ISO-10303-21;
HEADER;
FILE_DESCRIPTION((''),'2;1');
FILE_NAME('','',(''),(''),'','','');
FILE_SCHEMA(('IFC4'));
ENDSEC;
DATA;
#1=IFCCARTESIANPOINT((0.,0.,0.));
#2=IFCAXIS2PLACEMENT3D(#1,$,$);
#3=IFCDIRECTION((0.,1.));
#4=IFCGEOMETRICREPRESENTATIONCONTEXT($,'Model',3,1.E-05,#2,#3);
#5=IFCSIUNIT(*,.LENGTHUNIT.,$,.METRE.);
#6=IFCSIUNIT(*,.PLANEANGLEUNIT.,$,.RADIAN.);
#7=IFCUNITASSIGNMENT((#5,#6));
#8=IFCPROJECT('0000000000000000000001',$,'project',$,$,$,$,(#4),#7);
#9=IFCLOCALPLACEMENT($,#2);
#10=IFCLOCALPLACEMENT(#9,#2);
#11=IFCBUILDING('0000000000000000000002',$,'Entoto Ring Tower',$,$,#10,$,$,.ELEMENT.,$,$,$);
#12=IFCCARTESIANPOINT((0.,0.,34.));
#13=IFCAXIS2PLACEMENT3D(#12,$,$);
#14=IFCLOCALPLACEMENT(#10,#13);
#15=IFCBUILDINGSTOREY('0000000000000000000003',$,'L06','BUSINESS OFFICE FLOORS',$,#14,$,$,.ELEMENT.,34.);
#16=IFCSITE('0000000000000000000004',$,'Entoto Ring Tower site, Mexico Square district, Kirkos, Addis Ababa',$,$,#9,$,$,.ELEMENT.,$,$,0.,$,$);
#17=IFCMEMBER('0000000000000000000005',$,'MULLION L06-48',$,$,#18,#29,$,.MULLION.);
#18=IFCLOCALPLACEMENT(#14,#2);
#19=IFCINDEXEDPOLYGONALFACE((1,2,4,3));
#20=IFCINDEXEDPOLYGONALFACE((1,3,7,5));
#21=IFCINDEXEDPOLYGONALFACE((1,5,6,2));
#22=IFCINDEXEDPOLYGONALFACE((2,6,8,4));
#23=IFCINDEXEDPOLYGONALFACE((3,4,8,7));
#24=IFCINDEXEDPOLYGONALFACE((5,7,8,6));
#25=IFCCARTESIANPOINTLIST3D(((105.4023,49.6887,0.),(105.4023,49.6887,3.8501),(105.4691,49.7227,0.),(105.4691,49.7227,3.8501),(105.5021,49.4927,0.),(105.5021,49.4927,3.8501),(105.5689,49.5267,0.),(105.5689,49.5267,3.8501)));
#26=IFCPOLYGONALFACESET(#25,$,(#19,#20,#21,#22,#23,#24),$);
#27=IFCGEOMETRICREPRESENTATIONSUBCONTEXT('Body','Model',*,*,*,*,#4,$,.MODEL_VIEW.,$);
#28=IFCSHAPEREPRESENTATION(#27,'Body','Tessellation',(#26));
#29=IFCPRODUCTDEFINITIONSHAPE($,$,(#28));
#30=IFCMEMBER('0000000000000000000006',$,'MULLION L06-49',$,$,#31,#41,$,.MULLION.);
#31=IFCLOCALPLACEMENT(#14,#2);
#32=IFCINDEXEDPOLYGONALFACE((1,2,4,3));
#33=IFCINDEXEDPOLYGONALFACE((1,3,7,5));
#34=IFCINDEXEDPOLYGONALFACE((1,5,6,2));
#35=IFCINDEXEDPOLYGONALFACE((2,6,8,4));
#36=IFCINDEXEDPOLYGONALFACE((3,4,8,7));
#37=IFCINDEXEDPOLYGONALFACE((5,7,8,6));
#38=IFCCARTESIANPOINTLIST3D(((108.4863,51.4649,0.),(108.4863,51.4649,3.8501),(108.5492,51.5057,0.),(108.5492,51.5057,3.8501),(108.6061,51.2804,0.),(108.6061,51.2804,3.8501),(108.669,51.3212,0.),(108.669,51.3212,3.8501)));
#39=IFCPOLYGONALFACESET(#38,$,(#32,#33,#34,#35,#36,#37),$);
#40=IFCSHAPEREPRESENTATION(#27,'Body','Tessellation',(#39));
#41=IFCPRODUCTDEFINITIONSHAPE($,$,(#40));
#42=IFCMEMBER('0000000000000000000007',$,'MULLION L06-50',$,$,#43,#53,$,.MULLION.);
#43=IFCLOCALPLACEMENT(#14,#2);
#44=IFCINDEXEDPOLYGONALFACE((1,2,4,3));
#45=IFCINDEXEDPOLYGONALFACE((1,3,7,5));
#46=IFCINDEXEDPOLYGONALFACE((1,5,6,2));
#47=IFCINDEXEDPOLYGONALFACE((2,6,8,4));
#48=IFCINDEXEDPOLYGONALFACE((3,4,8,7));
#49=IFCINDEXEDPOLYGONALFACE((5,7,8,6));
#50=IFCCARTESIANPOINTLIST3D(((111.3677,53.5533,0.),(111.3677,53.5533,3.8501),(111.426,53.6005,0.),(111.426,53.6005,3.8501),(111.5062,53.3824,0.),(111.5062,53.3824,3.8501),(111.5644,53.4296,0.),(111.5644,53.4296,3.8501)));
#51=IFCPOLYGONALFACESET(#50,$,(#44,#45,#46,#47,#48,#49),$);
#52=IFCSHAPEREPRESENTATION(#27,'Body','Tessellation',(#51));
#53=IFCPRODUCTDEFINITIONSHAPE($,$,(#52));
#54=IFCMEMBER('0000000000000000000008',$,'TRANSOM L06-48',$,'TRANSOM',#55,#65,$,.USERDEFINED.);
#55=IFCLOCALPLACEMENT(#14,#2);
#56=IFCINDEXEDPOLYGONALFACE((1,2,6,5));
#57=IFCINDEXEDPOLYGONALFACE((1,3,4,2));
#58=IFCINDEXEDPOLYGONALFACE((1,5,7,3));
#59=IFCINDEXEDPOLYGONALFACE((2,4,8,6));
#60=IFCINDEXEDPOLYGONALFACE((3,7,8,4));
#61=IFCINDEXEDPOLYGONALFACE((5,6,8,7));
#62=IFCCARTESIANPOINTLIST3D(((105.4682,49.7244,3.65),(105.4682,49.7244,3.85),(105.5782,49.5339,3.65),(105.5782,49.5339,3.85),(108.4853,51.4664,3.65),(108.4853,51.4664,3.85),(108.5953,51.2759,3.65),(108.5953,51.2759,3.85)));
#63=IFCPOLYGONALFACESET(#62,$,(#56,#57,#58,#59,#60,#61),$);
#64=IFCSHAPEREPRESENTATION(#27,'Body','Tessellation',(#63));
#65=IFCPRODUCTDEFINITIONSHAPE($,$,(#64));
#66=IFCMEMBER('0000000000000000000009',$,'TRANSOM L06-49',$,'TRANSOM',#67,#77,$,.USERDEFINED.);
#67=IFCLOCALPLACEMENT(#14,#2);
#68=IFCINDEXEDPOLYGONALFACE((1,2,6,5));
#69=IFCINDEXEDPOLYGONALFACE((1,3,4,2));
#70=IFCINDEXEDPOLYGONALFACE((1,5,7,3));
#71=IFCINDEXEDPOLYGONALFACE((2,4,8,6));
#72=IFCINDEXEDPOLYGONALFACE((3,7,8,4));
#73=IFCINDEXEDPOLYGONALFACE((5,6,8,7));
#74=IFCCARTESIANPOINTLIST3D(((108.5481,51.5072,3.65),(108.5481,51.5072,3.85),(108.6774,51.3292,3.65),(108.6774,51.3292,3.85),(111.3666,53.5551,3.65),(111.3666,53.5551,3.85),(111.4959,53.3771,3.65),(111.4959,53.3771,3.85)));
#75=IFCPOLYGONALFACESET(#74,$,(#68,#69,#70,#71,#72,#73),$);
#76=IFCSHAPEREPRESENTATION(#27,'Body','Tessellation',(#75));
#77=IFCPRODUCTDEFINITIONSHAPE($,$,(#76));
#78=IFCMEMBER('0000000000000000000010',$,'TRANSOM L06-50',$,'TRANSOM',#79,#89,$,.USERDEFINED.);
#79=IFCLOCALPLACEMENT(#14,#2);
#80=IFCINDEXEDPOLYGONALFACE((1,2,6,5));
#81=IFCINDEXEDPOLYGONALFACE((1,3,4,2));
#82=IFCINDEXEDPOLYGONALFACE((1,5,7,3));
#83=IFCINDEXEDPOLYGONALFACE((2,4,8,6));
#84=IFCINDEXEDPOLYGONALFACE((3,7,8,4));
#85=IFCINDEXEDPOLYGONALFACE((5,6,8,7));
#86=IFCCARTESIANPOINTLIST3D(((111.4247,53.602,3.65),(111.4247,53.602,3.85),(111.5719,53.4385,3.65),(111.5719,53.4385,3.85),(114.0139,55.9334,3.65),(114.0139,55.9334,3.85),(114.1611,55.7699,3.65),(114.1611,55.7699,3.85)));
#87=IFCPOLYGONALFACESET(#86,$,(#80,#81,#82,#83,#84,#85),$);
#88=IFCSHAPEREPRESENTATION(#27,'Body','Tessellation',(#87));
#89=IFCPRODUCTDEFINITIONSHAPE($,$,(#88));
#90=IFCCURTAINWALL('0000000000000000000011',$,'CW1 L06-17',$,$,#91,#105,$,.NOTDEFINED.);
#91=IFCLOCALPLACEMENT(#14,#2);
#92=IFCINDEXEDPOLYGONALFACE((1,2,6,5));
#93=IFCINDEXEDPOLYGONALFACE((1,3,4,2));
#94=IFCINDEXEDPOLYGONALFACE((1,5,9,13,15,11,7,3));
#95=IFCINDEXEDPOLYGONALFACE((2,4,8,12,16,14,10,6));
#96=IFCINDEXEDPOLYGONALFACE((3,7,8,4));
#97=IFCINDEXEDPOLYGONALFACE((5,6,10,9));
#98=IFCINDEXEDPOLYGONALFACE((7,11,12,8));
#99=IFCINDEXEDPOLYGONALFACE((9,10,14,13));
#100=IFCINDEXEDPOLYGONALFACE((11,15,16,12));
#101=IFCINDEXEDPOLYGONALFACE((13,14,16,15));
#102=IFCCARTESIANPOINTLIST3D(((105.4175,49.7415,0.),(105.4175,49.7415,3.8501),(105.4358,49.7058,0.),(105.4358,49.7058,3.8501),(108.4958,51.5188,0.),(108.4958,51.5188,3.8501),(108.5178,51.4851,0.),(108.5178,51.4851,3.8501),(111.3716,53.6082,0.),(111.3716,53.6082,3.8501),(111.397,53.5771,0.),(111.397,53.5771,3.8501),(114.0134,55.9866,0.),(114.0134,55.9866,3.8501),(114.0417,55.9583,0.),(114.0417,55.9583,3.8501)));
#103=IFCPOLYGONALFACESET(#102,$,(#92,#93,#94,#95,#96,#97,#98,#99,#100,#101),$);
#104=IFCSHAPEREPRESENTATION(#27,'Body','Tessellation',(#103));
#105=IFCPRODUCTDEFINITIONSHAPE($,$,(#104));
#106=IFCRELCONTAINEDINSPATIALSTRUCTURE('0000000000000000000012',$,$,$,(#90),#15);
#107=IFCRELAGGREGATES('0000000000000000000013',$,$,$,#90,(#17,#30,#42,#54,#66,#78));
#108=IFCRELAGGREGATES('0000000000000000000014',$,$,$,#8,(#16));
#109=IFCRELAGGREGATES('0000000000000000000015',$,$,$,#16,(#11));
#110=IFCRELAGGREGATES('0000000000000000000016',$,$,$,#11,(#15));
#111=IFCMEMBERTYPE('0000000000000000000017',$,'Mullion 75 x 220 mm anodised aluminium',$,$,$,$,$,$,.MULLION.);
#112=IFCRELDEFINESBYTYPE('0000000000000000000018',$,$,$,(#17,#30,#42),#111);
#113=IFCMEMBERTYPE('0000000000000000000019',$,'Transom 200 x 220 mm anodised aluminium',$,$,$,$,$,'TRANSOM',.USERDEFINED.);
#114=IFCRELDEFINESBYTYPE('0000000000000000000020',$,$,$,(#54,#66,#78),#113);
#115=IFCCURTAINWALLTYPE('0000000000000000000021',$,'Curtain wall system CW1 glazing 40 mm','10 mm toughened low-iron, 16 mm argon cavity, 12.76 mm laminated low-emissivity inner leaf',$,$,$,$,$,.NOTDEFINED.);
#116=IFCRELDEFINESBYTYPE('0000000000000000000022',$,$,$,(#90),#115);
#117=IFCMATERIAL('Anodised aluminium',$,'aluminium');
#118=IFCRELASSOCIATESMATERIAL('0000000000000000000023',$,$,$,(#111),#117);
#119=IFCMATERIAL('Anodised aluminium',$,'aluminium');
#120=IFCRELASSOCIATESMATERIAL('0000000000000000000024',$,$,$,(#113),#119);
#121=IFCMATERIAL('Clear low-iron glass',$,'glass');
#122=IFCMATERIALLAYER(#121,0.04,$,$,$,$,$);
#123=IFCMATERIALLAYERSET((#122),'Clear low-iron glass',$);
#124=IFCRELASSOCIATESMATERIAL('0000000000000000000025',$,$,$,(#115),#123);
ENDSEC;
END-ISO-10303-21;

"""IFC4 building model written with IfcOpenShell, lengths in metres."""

from ifc_helpers import new_model, si_unit, direction, frame, origin, origin_2d, place, context, subcontext, project, spatial, polyline, rectangle, outline, extrude, material, layer, layer_set, material_profile, profile_set, type_object, element, aggregate, save


model = new_model("IFC4")

# Units and contexts
model_context = context("Model", 3, precision=1e-05, world=origin(), true_north=direction((0.0, 1.0)))
body_context = subcontext(model_context, "Body", "Model", "MODEL_VIEW")
ifc_project = project(units=[si_unit("LENGTHUNIT", "METRE"), si_unit("PLANEANGLEUNIT", "RADIAN")], contexts=[model_context])

# Members
ifc_material_1 = material(Name="Anodised aluminium", Category="aluminium")
ifc_material_profile_1 = material_profile(ifc_material_1, rectangle(XDim=0.075, YDim=0.22, at=origin_2d()), Name="Mullion 75 x 220 mm anodised aluminium")
ifc_profile_set_1 = profile_set([ifc_material_profile_1], Name="Anodised aluminium")
member_type_1 = type_object("IfcMemberType", Name="Mullion 75 x 220 mm anodised aluminium", PredefinedType="MULLION", material=ifc_profile_set_1)
site_placement = place(None, origin())
building_placement = place(site_placement, origin())
storey_placement = place(building_placement, frame((0.0, 0.0, 34.0)))
member_1_placement = place(storey_placement, frame((105.4856, 49.6077, 0.0), z_axis=(0.0, 0.0, 1.0), x_axis=(0.891007, 0.45399, 0.0)))
member_1 = element("IfcMember", 1, at=member_1_placement, type_object=member_type_1, Name="MULLION L06-48", PredefinedType="MULLION", context=body_context, shape_type="SweptSolid", body=[
    extrude(rectangle(XDim=0.075, YDim=0.22, at=origin_2d()), origin(), (0.0, 0.0, 1.0), 3.8501),
])
member_2_placement = place(storey_placement, frame((108.5776, 51.3931, 0.0), z_axis=(0.0, 0.0, 1.0), x_axis=(0.838671, 0.544639, 0.0)))
member_2 = element("IfcMember", 2, at=member_2_placement, type_object=member_type_1, Name="MULLION L06-49", PredefinedType="MULLION", context=body_context, shape_type="SweptSolid", body=[
    extrude(rectangle(XDim=0.075, YDim=0.22, at=origin_2d()), origin(), (0.0, 0.0, 1.0), 3.8501),
])
member_3_placement = place(storey_placement, frame((111.4661, 53.4915, 0.0), z_axis=(0.0, 0.0, 1.0), x_axis=(0.777146, 0.62932, 0.0)))
member_3 = element("IfcMember", 3, at=member_3_placement, type_object=member_type_1, Name="MULLION L06-50", PredefinedType="MULLION", context=body_context, shape_type="SweptSolid", body=[
    extrude(rectangle(XDim=0.075, YDim=0.22, at=origin_2d()), origin(), (0.0, 0.0, 1.0), 3.8501),
])
ifc_material_2 = material(Name="Anodised aluminium", Category="aluminium")
ifc_material_profile_2 = material_profile(ifc_material_2, rectangle(XDim=0.22, YDim=0.2, at=origin_2d()), Name="Transom 200 x 220 mm anodised aluminium")
ifc_profile_set_2 = profile_set([ifc_material_profile_2], Name="Anodised aluminium")
member_type_2 = type_object("IfcMemberType", Name="Transom 200 x 220 mm anodised aluminium", ElementType="TRANSOM", PredefinedType="USERDEFINED", material=ifc_profile_set_2)
member_4_placement = place(storey_placement, frame((105.5232, 49.6292, 3.75), z_axis=(0.866022, 0.500006, 0.0), x_axis=(-0.500006, 0.866022, 0.0)))
member_4 = element("IfcMember", 4, at=member_4_placement, type_object=member_type_2, Name="TRANSOM L06-48", ObjectType="TRANSOM", PredefinedType="USERDEFINED", context=body_context, shape_type="SweptSolid", body=[
    extrude(rectangle(XDim=0.22, YDim=0.2, at=origin_2d()), origin(), (0.0, 0.0, 1.0), 3.4839),
])
member_5_placement = place(storey_placement, frame((108.6128, 51.4182, 3.75), z_axis=(0.808991, 0.587822, 0.0), x_axis=(-0.587822, 0.808991, 0.0)))
member_5 = element("IfcMember", 5, at=member_5_placement, type_object=member_type_2, Name="TRANSOM L06-49", ObjectType="TRANSOM", PredefinedType="USERDEFINED", context=body_context, shape_type="SweptSolid", body=[
    extrude(rectangle(XDim=0.22, YDim=0.2, at=origin_2d()), origin(), (0.0, 0.0, 1.0), 3.4839),
])
member_6_placement = place(storey_placement, frame((111.4983, 53.5203, 3.75), z_axis=(0.743137, 0.669139, 0.0), x_axis=(-0.669139, 0.743137, 0.0)))
member_6 = element("IfcMember", 6, at=member_6_placement, type_object=member_type_2, Name="TRANSOM L06-50", ObjectType="TRANSOM", PredefinedType="USERDEFINED", context=body_context, shape_type="SweptSolid", body=[
    extrude(rectangle(XDim=0.22, YDim=0.2, at=origin_2d()), origin(), (0.0, 0.0, 1.0), 3.4841),
])

# Site, building, storey
site = spatial("IfcSite", under=ifc_project, at=site_placement, Name="Entoto Ring Tower site, Mexico Square district, Kirkos, Addis Ababa", CompositionType="ELEMENT", RefElevation=0.0)
building = spatial("IfcBuilding", under=site, at=building_placement, Name="Entoto Ring Tower", CompositionType="ELEMENT")
storey = spatial("IfcBuildingStorey", under=building, at=storey_placement, Name="L06", Description="BUSINESS OFFICE FLOORS", CompositionType="ELEMENT", Elevation=34.0)

# Curtain wall
ifc_material_3 = material(Name="Clear low-iron glass", Category="glass")
ifc_layer = layer(ifc_material_3, 0.04)
ifc_layer_set = layer_set([ifc_layer], Name="Clear low-iron glass")
curtain_wall_type = type_object("IfcCurtainWallType", Name="Curtain wall system CW1 glazing 40 mm", Description="10 mm toughened low-iron, 16 mm argon cavity, 12.76 mm laminated low-emissivity inner leaf", PredefinedType="NOTDEFINED", material=ifc_layer_set)
curtain_wall_1_placement = place(storey_placement, origin())
curtain_wall_1 = element("IfcCurtainWall", 7, at=curtain_wall_1_placement, inside=storey, type_object=curtain_wall_type, Name="CW1 L06-17", PredefinedType="NOTDEFINED", context=body_context, shape_type="SweptSolid", body=[
    extrude(outline(polyline([(105.4358, 49.7058), (108.5178, 51.4851), (111.397, 53.5771), (114.0417, 55.9583), (114.0134, 55.9866), (111.3716, 53.6082), (108.4958, 51.5188), (105.4175, 49.7415), (105.4358, 49.7058)])), origin(), (0.0, 0.0, 1.0), 3.8501),
])
aggregate(curtain_wall_1, [member_1, member_2, member_3, member_4, member_5, member_6])

save(model, "model.ifc")
